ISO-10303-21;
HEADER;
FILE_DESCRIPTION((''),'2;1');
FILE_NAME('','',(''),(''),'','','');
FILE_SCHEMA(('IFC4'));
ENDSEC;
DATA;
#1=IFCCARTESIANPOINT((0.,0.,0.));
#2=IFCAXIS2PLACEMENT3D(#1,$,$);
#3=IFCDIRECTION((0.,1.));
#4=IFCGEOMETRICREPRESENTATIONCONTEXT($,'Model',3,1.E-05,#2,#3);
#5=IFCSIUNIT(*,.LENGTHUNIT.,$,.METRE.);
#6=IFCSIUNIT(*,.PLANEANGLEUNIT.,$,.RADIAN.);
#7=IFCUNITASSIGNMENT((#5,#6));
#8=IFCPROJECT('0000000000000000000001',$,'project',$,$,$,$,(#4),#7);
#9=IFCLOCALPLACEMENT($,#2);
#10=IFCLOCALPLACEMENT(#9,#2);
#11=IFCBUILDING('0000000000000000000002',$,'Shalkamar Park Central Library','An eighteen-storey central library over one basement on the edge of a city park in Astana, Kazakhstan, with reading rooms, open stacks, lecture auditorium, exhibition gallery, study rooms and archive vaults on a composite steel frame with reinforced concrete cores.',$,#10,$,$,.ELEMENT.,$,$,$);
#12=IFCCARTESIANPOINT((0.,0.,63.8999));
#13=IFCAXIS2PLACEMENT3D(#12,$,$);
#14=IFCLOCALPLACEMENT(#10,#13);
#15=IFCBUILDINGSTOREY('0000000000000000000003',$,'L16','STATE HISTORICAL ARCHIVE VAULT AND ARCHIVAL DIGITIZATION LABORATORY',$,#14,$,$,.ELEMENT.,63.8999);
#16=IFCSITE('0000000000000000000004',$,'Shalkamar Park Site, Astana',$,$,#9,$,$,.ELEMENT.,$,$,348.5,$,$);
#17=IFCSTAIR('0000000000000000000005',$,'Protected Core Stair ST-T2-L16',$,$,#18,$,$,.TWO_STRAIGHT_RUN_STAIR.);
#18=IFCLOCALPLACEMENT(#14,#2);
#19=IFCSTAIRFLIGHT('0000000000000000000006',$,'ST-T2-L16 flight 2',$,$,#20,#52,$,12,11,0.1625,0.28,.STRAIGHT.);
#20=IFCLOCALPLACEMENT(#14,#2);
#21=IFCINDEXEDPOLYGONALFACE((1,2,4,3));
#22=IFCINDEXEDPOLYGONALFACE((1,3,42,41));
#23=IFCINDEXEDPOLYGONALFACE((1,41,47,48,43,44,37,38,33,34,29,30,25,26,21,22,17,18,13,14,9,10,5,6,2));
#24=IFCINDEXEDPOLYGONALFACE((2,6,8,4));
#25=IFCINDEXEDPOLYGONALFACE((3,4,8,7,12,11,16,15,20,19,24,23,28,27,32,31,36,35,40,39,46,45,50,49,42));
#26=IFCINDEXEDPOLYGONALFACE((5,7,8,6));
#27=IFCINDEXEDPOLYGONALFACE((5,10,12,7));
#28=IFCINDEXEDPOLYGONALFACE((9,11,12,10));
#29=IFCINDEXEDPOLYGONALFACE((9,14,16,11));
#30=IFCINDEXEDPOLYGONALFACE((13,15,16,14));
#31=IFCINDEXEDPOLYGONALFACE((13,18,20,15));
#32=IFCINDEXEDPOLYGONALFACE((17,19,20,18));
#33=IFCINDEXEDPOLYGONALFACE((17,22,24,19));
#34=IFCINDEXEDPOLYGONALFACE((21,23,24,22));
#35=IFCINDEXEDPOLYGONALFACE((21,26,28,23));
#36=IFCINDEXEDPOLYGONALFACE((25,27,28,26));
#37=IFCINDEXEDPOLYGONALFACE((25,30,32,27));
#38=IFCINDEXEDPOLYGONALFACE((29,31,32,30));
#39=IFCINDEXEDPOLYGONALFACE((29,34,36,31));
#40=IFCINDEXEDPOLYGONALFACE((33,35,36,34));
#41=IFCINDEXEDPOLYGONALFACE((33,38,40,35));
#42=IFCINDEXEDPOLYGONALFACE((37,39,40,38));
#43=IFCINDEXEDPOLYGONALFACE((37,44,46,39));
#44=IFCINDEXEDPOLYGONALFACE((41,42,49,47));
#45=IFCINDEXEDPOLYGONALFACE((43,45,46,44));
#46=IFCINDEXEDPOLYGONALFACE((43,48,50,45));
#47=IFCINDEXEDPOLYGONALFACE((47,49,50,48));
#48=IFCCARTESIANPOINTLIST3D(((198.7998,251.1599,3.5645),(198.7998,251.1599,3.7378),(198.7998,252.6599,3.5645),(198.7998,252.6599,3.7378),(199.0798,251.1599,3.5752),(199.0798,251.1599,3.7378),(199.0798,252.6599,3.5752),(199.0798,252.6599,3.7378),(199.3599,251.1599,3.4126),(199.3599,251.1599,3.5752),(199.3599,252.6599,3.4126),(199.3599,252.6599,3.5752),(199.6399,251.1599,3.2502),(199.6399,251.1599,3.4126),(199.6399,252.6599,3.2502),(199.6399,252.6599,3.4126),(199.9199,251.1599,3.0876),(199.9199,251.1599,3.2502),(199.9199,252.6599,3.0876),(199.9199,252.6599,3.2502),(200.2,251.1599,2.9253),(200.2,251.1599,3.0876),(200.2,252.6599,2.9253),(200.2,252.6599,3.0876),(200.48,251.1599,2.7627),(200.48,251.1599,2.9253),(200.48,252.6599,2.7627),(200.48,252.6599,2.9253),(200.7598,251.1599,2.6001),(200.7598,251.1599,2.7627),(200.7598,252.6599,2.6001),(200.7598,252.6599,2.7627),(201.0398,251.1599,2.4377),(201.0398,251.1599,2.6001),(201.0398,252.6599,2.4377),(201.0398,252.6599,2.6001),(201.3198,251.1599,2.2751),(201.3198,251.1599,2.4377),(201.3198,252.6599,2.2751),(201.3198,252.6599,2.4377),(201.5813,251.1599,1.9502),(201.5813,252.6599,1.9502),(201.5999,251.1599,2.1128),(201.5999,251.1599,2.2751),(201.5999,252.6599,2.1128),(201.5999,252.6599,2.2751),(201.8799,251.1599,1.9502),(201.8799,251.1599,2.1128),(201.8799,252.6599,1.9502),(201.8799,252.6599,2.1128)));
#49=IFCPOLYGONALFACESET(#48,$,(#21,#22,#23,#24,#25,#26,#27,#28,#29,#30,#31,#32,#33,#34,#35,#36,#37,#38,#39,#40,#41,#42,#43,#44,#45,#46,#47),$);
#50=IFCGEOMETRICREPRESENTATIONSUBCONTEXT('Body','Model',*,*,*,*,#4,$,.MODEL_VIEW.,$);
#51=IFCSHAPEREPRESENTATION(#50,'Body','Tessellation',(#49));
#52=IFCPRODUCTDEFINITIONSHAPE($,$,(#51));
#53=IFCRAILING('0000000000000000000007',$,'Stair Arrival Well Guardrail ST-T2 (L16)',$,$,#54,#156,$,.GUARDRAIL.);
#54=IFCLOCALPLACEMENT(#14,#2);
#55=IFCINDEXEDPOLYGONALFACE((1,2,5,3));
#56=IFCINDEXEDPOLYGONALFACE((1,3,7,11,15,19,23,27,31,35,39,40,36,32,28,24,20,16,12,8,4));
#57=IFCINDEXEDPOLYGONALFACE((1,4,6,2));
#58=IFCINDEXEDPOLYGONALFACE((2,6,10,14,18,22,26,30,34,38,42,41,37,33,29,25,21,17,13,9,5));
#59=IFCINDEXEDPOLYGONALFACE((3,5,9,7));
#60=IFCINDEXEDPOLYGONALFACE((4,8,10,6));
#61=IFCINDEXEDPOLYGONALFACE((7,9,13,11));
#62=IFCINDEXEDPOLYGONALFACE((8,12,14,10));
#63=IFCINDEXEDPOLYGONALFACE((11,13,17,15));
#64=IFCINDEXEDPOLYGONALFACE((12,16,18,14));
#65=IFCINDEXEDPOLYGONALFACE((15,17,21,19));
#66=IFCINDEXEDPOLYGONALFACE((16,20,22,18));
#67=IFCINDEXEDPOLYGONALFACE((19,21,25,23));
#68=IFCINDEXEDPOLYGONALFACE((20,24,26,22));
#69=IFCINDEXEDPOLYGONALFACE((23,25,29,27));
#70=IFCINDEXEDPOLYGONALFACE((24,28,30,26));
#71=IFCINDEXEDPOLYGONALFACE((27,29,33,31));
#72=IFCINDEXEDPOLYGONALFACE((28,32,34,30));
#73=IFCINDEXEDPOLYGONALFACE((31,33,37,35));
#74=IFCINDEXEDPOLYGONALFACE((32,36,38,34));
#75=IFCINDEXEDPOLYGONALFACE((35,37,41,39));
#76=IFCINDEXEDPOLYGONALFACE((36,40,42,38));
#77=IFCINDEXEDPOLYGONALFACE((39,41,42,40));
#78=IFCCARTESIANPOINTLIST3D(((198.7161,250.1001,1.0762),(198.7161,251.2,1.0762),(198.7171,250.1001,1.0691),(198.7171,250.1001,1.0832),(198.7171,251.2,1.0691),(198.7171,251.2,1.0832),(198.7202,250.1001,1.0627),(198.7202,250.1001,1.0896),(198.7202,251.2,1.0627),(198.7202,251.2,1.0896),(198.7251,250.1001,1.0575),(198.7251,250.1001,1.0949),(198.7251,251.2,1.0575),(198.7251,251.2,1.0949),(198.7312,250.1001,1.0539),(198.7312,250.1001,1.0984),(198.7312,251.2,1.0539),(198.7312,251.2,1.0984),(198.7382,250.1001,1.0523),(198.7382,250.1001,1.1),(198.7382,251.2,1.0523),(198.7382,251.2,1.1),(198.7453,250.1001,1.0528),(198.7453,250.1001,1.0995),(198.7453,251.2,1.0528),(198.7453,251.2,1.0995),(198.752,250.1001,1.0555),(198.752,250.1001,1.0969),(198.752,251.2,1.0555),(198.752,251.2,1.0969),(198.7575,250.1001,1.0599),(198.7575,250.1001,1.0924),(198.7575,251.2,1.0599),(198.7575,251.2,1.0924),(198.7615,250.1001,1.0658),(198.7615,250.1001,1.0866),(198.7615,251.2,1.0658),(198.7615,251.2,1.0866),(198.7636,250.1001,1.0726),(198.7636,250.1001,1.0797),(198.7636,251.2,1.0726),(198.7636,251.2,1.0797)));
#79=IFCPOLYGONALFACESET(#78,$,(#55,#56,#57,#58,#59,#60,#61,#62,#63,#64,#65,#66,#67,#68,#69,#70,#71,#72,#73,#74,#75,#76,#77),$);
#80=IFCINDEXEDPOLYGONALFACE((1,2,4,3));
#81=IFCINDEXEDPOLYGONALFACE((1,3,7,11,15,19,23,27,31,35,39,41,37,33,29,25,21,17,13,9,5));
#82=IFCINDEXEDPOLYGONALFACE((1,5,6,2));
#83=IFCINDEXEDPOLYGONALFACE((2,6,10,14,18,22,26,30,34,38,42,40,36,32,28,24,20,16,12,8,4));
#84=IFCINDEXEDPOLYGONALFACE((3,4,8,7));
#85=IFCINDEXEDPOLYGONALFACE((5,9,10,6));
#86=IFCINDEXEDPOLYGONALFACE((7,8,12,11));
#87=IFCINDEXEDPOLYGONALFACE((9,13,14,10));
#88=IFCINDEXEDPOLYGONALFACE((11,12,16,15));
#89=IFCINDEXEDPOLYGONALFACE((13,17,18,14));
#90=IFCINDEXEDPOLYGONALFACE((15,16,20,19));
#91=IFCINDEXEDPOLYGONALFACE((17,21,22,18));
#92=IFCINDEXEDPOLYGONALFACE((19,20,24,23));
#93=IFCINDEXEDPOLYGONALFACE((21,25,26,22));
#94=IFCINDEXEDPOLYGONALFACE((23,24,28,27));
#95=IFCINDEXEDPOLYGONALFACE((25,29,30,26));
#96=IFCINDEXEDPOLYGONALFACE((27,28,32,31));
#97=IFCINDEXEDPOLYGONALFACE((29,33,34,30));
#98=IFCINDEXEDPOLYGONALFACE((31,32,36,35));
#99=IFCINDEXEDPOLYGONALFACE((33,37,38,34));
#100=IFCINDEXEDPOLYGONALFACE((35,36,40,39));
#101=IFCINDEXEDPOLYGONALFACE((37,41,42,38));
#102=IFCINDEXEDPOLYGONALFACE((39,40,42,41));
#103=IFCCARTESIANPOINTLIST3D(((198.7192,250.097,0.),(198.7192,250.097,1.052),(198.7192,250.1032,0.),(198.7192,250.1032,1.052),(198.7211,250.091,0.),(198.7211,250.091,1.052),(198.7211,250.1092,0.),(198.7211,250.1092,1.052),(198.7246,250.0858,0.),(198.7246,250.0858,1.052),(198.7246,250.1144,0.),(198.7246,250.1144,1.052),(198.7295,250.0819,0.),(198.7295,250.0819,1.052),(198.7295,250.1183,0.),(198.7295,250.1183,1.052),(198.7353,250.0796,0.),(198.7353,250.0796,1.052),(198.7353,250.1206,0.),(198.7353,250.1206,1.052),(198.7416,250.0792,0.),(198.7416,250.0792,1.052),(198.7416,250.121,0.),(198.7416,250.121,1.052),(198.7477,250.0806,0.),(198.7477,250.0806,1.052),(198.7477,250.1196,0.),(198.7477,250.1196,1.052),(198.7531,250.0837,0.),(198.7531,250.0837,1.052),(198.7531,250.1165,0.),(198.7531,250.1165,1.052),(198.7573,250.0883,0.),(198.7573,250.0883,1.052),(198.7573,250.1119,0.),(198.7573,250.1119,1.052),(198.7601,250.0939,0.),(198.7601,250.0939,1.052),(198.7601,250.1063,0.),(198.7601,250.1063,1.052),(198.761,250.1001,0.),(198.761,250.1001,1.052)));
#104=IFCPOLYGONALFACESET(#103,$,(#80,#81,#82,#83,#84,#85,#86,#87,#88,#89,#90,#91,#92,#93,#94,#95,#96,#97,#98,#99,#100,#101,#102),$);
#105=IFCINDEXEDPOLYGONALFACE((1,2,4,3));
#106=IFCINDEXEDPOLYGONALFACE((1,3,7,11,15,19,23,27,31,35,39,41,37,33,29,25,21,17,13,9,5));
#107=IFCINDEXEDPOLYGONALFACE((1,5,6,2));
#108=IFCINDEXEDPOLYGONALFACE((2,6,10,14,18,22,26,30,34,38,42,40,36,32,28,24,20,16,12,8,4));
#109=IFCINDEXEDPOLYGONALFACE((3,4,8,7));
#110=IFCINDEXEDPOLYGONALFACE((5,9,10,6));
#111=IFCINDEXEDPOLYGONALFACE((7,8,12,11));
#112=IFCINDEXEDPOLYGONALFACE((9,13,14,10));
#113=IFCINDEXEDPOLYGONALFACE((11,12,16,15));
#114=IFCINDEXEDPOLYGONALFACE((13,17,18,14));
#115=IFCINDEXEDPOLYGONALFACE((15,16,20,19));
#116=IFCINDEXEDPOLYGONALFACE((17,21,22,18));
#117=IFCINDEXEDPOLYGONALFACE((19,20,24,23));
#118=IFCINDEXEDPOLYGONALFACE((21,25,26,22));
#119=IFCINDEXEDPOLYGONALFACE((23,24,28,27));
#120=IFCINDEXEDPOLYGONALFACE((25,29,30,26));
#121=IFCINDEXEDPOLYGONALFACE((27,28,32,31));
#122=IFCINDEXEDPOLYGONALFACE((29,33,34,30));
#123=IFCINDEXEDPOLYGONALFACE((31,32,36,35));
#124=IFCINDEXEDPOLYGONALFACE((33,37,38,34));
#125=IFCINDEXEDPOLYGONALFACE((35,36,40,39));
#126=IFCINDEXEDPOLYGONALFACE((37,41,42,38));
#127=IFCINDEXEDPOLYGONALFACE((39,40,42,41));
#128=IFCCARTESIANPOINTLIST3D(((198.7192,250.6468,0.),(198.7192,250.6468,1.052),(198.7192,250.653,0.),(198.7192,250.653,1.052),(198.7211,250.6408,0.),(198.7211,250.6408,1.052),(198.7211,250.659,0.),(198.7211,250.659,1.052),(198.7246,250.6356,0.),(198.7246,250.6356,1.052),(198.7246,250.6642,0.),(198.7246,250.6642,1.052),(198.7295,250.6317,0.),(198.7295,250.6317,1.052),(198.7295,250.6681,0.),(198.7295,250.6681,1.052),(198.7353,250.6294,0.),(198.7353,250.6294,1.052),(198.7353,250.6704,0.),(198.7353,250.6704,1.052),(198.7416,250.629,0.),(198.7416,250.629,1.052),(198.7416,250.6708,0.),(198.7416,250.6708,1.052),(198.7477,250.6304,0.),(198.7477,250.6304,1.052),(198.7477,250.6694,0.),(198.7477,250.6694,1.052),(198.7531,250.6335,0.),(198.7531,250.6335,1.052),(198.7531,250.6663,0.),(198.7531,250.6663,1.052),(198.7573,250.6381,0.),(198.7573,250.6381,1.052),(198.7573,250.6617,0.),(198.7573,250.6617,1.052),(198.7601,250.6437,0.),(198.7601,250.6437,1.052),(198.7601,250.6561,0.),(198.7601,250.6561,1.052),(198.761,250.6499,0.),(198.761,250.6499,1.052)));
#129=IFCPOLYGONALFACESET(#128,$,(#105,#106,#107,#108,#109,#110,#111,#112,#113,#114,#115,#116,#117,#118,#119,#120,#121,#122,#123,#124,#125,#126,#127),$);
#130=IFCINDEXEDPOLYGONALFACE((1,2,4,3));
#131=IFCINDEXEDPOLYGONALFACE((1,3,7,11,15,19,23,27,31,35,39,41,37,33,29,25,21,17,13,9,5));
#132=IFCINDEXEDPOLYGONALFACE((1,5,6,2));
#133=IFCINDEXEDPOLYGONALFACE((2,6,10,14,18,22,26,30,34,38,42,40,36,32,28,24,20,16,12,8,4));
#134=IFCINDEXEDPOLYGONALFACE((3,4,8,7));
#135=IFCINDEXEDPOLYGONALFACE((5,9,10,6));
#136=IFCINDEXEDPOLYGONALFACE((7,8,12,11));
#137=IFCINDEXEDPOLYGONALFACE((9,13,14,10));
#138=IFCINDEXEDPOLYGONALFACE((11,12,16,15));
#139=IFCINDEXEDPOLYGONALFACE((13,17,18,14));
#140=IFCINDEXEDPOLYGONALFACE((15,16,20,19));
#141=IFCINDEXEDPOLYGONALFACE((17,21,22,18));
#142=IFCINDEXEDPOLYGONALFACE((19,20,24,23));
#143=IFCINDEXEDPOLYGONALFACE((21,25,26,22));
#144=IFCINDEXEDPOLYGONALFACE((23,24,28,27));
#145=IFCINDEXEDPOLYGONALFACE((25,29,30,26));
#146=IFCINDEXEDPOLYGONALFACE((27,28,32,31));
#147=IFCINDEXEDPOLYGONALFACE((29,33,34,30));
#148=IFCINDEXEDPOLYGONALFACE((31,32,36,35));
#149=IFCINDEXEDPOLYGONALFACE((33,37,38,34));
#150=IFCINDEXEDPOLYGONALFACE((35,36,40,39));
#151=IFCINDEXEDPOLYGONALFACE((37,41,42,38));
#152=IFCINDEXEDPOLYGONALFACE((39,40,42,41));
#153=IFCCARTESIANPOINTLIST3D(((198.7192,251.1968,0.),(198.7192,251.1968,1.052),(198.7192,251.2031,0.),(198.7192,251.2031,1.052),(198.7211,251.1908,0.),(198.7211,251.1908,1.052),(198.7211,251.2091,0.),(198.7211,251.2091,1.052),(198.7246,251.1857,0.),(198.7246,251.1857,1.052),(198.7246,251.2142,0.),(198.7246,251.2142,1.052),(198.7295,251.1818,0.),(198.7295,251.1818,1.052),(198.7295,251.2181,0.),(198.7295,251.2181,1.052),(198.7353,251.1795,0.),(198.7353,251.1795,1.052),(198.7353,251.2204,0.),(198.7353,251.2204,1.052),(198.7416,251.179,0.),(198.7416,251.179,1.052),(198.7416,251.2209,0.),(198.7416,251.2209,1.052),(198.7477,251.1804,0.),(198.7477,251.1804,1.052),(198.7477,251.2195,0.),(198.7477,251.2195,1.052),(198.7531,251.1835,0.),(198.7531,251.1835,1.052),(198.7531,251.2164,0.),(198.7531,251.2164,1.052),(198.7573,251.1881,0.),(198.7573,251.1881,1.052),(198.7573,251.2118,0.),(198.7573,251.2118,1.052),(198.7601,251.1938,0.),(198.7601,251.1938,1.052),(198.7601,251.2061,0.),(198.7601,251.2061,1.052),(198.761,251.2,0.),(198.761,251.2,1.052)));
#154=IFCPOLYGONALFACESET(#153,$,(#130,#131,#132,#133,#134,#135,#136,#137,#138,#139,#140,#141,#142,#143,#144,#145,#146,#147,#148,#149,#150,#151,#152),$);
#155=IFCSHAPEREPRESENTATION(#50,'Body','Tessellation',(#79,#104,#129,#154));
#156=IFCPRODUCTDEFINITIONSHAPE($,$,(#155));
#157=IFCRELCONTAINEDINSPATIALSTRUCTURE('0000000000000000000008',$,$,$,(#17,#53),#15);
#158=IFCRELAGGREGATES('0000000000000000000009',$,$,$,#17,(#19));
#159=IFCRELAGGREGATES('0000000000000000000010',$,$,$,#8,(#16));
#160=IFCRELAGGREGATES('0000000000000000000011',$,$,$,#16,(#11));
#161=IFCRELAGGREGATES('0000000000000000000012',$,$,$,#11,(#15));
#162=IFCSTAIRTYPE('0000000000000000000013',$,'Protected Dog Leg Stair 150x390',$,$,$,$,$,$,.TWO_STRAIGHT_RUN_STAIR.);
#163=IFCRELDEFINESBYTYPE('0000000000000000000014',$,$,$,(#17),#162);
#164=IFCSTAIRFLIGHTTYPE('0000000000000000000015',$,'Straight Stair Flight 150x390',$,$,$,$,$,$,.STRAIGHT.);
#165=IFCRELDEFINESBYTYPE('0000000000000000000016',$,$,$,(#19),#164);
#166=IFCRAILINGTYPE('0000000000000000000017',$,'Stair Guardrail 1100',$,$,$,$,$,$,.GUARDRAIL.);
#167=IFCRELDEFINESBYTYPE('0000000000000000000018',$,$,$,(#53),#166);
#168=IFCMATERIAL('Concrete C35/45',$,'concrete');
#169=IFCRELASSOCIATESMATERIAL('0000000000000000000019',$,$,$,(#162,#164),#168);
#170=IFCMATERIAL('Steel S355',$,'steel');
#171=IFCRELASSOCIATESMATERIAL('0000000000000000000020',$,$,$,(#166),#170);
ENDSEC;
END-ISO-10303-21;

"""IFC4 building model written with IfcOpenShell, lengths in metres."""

from ifc_helpers import new_model, si_unit, direction, frame, origin, origin_2d, place, context, subcontext, project, spatial, polyline, circle, outline, extrude, material, type_object, element, aggregate, save


model = new_model("IFC4")

# Units and contexts
model_context = context("Model", 3, precision=1e-05, world=origin(), true_north=direction((0.0, 1.0)))
body_context = subcontext(model_context, "Body", "Model", "MODEL_VIEW")
ifc_project = project(units=[si_unit("LENGTHUNIT", "METRE"), si_unit("PLANEANGLEUNIT", "RADIAN")], contexts=[model_context])

# Site, building, storey
site_placement = place(None, origin())
site = spatial("IfcSite", under=ifc_project, at=site_placement, Name="Shalkamar Park Site, Astana", CompositionType="ELEMENT", RefElevation=348.5)
building_placement = place(site_placement, origin())
building = spatial("IfcBuilding", under=site, at=building_placement, Name="Shalkamar Park Central Library", Description="An eighteen-storey central library over one basement on the edge of a city park in Astana, Kazakhstan, with reading rooms, open stacks, lecture auditorium, exhibition gallery, study rooms and archive vaults on a composite steel frame with reinforced concrete cores.", CompositionType="ELEMENT")
storey_placement = place(building_placement, frame((0.0, 0.0, 63.8999)))
storey = spatial("IfcBuildingStorey", under=building, at=storey_placement, Name="L16", Description="STATE HISTORICAL ARCHIVE VAULT AND ARCHIVAL DIGITIZATION LABORATORY", CompositionType="ELEMENT", Elevation=63.8999)

# Shared definitions
ifc_material_1 = material(Name="Steel S355", Category="steel")

# Stair, stair flight
ifc_material_2 = material(Name="Concrete C35/45", Category="concrete")
stair_type = type_object("IfcStairType", Name="Protected Dog Leg Stair 150x390", PredefinedType="TWO_STRAIGHT_RUN_STAIR", material=ifc_material_2)
stair_placement = place(storey_placement, origin())
stair = element("IfcStair", 1, at=stair_placement, inside=storey, type_object=stair_type, Name="Protected Core Stair ST-T2-L16", PredefinedType="TWO_STRAIGHT_RUN_STAIR")
stair_flight_type = type_object("IfcStairFlightType", Name="Straight Stair Flight 150x390", PredefinedType="STRAIGHT", material=ifc_material_2)
stair_flight_1_placement = place(storey_placement, frame((201.8799, 251.9099, 1.9502), z_axis=(0.0, 0.0, 1.0), x_axis=(-1.0, 0.0, 0.0)))
stair_flight_1 = element("IfcStairFlight", 2, at=stair_flight_1_placement, type_object=stair_flight_type, Name="ST-T2-L16 flight 2", NumberOfRisers=12, NumberOfTreads=11, PredefinedType="STRAIGHT", RiserHeight=0.1625, TreadLength=0.28, context=body_context, shape_type="SweptSolid", body=[
    extrude(outline(polyline([(0.0, 0.0), (0.0, 0.1626), (0.28, 0.1626), (0.28, 0.325), (0.5601, 0.325), (0.5601, 0.4875), (0.8401, 0.4875), (0.8401, 0.6499), (1.1201, 0.6499), (1.1201, 0.8125), (1.3999, 0.8125), (1.3999, 0.9751), (1.6799, 0.9751), (1.6799, 1.1375), (1.96, 1.1375), (1.96, 1.3), (2.24, 1.3), (2.24, 1.4624), (2.52, 1.4624), (2.52, 1.625), (2.8, 1.625), (2.8, 1.7876), (3.0801, 1.7876), (3.0801, 1.95), (3.0801, 1.6143), (0.2986, 0.0), (0.0, 0.0)])), frame((0.0, 0.75, 0.0), z_axis=(0.0, -1.0, 0.0), x_axis=(1.0, 0.0, 0.0)), (0.0, 0.0, 1.0), 1.5),
])
aggregate(stair, [stair_flight_1])

# Railing
railing_type_1 = type_object("IfcRailingType", Name="Stair Guardrail 1100", PredefinedType="GUARDRAIL", material=ifc_material_1)
railing_1_placement = place(storey_placement, frame((198.74, 250.1001, 0.0)))
element("IfcRailing", 3, at=railing_1_placement, inside=storey, type_object=railing_type_1, Name="Stair Arrival Well Guardrail ST-T2 (L16)", PredefinedType="GUARDRAIL", context=body_context, shape_type="SweptSolid", body=[
    extrude(circle(Radius=0.0239, at=origin_2d()), frame((0.0, 0.0, 1.0762), z_axis=(0.0, 1.0, 0.0), x_axis=(-1.0, 0.0, 0.0)), (0.0, 0.0, 1.0), 1.0999),
    extrude(circle(Radius=0.021, at=origin_2d()), origin(), (0.0, 0.0, 1.0), 1.052),
    extrude(circle(Radius=0.021, at=origin_2d()), frame((0.0, 0.5498, 0.0)), (0.0, 0.0, 1.0), 1.052),
    extrude(circle(Radius=0.021, at=origin_2d()), frame((0.0, 1.0999, 0.0)), (0.0, 0.0, 1.0), 1.052),
])

save(model, "model.ifc")
